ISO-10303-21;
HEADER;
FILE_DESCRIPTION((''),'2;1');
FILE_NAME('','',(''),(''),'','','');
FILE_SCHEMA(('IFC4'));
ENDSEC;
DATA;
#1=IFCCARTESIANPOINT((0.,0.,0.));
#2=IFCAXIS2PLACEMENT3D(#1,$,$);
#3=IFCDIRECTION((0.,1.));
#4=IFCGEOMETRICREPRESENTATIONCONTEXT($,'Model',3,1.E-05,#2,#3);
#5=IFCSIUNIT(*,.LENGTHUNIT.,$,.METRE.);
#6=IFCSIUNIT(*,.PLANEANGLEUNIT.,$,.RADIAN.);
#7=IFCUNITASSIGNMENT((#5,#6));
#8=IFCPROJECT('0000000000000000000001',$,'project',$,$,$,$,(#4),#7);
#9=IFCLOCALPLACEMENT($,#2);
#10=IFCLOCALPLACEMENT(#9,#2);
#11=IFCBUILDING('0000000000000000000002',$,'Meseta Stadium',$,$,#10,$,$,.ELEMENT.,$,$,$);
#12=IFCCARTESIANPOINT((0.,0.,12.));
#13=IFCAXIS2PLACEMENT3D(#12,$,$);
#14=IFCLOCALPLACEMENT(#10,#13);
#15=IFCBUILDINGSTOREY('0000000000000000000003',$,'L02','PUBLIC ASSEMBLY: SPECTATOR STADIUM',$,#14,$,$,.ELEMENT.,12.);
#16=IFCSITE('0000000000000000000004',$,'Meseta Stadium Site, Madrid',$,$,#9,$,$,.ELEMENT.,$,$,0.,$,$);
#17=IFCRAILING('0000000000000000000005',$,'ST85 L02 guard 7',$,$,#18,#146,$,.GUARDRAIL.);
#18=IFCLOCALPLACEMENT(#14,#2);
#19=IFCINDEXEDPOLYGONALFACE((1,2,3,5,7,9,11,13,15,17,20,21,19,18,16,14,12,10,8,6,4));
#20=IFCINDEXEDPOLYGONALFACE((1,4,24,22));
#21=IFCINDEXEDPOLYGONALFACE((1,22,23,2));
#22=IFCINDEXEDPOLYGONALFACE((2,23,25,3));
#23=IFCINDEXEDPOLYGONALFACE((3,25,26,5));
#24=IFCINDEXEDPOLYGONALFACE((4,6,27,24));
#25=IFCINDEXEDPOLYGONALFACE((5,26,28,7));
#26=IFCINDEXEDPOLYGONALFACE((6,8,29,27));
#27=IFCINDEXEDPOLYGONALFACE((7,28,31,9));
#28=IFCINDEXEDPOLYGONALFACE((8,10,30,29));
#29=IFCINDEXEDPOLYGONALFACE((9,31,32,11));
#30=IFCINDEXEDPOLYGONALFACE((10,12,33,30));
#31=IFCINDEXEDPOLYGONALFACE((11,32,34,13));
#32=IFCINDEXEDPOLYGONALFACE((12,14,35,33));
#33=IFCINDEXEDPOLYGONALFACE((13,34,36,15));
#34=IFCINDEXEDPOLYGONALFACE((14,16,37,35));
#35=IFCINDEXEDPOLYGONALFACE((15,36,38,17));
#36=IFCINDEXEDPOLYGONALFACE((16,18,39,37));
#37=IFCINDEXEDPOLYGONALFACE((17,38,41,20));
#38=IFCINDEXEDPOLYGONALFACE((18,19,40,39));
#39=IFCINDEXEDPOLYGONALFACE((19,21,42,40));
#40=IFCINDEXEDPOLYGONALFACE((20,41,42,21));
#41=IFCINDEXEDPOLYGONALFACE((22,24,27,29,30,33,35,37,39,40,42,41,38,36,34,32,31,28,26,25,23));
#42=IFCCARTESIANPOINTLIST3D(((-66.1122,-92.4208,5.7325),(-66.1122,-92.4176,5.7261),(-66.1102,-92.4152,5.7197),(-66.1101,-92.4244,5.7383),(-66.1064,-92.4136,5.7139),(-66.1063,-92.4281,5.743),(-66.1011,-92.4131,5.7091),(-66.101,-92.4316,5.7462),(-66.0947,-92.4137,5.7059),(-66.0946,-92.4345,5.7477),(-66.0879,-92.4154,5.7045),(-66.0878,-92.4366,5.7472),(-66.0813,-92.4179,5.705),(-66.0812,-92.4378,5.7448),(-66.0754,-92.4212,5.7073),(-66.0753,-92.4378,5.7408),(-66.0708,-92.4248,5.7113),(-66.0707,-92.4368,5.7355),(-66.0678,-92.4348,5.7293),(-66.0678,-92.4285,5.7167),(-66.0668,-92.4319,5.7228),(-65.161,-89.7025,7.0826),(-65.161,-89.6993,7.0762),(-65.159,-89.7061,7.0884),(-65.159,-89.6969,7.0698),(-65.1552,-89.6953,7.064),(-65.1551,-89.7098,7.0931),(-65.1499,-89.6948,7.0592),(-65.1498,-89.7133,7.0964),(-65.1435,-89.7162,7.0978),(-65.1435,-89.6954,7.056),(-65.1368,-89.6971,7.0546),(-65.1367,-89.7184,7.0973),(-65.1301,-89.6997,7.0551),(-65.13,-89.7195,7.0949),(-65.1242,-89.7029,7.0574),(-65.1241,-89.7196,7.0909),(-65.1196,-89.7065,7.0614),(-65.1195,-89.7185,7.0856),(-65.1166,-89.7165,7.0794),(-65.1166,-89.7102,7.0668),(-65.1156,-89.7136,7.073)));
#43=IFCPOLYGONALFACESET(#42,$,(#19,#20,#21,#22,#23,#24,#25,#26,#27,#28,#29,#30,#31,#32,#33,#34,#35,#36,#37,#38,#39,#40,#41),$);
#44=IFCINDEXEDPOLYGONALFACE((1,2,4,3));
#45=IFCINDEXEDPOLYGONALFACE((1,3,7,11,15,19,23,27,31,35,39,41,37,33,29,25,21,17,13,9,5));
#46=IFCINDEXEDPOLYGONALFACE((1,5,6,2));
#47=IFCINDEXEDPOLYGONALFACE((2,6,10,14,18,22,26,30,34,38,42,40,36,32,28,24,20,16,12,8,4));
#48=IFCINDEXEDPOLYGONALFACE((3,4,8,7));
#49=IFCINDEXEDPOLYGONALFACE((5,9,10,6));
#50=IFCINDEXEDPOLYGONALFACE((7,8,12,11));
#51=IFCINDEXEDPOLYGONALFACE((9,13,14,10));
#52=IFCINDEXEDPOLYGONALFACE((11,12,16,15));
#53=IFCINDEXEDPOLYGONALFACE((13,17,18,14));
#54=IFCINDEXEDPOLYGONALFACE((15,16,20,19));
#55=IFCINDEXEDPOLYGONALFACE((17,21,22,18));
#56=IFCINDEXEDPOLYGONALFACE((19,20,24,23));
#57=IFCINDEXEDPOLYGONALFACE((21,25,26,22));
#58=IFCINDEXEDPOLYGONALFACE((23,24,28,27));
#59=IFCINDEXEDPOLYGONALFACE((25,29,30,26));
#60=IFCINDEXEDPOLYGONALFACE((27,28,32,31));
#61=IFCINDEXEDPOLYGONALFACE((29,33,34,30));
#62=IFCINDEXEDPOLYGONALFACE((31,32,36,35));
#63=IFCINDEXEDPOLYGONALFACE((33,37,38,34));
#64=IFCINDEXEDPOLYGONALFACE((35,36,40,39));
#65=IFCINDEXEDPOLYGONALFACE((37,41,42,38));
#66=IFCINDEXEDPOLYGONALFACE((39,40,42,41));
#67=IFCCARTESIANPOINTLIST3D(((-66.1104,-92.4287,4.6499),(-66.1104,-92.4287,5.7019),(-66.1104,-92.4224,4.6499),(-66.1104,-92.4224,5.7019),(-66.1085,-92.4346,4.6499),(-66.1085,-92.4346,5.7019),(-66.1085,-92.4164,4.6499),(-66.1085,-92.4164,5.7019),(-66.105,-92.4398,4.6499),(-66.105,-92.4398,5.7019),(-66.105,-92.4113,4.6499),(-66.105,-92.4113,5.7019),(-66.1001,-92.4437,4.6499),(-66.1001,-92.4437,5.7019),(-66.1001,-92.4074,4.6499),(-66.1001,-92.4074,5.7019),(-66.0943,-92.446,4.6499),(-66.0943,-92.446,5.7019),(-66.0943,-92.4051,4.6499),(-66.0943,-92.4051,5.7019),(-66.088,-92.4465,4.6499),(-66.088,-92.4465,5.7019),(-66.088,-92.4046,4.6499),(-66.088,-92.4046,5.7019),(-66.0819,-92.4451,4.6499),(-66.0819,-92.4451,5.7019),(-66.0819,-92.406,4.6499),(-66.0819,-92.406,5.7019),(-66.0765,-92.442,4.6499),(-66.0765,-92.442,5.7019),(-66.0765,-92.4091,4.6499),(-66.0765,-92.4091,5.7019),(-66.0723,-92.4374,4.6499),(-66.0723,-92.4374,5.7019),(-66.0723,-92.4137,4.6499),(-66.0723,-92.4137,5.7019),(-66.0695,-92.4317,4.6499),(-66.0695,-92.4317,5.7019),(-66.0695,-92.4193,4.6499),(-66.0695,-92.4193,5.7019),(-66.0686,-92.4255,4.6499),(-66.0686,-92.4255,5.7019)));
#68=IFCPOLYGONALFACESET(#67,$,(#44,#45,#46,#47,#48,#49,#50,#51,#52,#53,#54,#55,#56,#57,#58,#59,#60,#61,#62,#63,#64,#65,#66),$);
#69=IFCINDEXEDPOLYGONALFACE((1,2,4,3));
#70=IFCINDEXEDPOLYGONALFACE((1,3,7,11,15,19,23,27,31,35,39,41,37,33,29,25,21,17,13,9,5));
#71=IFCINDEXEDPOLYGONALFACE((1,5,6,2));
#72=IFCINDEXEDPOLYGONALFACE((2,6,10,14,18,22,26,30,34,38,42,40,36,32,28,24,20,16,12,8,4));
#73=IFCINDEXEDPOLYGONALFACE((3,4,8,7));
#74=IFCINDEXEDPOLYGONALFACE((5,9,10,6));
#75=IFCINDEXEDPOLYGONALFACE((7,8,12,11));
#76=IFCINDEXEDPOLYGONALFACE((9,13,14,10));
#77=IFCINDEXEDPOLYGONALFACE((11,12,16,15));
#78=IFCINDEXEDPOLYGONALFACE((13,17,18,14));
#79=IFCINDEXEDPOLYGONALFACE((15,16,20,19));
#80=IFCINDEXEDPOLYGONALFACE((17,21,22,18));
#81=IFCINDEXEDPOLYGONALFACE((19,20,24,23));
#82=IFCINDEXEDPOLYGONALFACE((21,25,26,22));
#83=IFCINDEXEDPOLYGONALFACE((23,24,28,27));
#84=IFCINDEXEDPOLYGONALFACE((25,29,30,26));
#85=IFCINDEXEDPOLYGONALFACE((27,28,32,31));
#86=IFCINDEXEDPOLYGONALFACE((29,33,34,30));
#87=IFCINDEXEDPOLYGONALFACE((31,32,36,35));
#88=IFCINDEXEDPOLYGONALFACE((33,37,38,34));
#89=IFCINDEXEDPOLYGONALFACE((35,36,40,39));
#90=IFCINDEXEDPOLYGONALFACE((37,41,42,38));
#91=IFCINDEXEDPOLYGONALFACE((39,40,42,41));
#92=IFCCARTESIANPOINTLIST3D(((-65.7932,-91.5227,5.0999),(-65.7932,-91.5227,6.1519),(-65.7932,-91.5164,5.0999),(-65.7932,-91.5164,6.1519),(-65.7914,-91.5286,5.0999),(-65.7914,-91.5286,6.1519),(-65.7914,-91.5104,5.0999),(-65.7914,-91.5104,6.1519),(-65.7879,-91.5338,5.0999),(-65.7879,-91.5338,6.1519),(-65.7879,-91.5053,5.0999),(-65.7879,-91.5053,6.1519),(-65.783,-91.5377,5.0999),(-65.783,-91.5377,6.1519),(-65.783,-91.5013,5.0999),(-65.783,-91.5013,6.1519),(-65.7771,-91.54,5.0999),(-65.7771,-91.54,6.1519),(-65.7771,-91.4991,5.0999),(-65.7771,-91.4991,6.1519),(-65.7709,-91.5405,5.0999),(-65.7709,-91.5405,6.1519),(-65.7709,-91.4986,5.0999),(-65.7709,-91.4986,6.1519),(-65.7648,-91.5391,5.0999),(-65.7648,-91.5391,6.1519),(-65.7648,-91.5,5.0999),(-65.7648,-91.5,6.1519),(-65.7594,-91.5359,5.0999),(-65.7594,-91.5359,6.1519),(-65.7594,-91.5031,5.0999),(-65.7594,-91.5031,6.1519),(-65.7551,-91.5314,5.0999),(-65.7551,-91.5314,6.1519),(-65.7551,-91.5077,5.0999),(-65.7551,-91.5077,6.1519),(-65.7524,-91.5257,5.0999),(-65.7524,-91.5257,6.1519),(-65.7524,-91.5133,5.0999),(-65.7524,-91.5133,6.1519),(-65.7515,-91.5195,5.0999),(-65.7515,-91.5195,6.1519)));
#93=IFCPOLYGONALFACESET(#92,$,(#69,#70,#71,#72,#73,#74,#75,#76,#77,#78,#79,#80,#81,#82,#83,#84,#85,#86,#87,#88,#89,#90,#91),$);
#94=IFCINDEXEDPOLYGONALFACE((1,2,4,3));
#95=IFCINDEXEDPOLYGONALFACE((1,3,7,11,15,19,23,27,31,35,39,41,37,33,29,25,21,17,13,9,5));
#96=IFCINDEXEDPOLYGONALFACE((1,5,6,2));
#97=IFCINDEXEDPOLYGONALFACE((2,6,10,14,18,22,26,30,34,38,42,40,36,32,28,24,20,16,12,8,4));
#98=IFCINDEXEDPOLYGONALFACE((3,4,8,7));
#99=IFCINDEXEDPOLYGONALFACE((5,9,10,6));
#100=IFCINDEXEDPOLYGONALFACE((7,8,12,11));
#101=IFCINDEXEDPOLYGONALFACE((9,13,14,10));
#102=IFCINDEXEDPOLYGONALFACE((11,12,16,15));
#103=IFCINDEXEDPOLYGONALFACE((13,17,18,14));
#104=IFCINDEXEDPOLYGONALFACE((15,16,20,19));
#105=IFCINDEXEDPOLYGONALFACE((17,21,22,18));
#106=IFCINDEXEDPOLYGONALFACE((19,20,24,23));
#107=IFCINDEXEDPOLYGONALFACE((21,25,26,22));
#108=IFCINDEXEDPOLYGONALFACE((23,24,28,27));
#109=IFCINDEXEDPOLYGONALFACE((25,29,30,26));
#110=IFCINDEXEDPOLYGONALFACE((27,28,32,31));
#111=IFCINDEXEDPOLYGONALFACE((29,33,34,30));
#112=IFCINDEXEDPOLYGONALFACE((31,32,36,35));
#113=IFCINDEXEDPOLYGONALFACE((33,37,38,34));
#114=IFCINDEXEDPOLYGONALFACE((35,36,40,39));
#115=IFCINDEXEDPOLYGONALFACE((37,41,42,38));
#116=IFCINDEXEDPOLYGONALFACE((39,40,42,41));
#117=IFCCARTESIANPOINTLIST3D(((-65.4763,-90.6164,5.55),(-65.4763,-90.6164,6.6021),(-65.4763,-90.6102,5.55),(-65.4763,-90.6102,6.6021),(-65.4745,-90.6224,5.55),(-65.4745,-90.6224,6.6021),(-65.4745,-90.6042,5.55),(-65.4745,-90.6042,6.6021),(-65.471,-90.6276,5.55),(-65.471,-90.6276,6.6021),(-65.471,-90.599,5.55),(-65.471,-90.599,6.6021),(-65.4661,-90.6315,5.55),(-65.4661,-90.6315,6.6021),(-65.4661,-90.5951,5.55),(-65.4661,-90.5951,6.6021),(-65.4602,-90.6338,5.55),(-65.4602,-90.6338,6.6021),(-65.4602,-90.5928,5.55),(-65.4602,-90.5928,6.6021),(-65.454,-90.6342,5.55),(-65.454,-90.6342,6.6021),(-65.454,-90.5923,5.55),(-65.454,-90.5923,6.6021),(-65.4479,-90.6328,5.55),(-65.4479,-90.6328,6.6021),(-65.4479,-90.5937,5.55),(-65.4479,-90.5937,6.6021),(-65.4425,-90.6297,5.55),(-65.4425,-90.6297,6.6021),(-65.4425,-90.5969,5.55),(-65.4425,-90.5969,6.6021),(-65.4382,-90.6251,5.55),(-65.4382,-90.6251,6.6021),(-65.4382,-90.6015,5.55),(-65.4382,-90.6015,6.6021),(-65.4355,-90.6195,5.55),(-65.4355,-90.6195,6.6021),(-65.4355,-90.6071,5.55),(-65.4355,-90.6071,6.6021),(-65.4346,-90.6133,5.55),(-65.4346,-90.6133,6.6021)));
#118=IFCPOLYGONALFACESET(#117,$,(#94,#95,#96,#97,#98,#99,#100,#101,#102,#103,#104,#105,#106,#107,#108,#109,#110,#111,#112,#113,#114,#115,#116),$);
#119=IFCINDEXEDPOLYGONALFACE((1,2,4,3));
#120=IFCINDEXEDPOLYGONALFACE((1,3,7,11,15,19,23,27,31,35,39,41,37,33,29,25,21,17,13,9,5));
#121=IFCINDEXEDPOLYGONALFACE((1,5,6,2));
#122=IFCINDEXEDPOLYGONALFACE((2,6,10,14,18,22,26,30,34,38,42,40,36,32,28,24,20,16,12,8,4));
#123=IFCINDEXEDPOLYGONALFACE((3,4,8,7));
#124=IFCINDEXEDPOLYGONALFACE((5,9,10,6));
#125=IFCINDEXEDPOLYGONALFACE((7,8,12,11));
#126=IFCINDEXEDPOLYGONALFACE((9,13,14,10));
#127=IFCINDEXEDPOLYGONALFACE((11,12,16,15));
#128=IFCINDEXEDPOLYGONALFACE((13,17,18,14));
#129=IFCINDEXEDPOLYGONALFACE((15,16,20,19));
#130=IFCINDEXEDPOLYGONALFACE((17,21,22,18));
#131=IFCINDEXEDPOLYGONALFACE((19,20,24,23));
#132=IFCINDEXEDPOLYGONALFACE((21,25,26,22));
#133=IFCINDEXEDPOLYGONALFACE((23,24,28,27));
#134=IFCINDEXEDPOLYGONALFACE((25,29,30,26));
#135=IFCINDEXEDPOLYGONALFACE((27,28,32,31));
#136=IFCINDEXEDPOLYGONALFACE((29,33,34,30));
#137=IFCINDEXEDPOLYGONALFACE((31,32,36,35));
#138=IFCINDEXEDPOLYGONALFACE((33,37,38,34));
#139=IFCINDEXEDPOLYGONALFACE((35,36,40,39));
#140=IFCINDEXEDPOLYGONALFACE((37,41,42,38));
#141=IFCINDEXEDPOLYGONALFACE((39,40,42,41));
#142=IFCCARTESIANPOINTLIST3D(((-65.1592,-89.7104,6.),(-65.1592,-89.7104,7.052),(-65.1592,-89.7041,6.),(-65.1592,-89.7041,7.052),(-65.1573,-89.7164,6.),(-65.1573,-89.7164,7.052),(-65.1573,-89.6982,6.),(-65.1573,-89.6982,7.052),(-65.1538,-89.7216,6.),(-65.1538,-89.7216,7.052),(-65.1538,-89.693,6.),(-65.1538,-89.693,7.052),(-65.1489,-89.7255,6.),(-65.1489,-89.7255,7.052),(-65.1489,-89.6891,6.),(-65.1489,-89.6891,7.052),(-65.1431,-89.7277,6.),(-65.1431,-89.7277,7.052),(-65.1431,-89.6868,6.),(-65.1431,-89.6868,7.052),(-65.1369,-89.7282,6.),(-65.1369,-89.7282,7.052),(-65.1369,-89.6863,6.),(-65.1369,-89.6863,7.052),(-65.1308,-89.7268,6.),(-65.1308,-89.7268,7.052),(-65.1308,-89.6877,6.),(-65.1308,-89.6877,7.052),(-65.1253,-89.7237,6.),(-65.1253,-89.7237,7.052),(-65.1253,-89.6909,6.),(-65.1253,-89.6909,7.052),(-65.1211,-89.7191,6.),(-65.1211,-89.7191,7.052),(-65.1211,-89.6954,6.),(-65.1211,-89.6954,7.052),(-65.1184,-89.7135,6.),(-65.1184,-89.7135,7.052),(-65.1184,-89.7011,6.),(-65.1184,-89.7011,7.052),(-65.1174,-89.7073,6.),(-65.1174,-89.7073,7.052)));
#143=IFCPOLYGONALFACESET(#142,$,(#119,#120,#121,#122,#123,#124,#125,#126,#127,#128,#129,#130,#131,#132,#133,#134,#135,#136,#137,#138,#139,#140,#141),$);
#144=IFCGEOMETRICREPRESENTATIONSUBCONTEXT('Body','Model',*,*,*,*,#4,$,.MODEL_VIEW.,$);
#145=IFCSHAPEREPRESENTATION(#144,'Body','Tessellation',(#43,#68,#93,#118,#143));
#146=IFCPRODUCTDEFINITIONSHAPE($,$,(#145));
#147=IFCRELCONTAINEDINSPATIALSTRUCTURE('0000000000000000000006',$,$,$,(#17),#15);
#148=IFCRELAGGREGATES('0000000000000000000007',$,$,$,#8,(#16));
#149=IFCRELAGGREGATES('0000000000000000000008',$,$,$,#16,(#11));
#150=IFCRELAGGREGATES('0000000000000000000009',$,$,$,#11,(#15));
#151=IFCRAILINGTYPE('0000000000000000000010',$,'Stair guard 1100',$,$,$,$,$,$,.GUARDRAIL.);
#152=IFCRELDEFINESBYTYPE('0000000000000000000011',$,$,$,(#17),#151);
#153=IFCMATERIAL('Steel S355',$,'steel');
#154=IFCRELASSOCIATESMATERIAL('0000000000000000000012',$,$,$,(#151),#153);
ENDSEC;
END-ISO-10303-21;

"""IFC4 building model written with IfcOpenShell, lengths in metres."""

from ifc_helpers import new_model, si_unit, direction, frame, origin, origin_2d, place, context, subcontext, project, spatial, circle, extrude, material, type_object, element, save


model = new_model("IFC4")

# Units and contexts
model_context = context("Model", 3, precision=1e-05, world=origin(), true_north=direction((0.0, 1.0)))
body_context = subcontext(model_context, "Body", "Model", "MODEL_VIEW")
ifc_project = project(units=[si_unit("LENGTHUNIT", "METRE"), si_unit("PLANEANGLEUNIT", "RADIAN")], contexts=[model_context])

# Site, building, storey
site_placement = place(None, origin())
site = spatial("IfcSite", under=ifc_project, at=site_placement, Name="Meseta Stadium Site, Madrid", CompositionType="ELEMENT", RefElevation=0.0)
building_placement = place(site_placement, origin())
building = spatial("IfcBuilding", under=site, at=building_placement, Name="Meseta Stadium", CompositionType="ELEMENT")
storey_placement = place(building_placement, frame((0.0, 0.0, 12.0)))
storey = spatial("IfcBuildingStorey", under=building, at=storey_placement, Name="L02", Description="PUBLIC ASSEMBLY: SPECTATOR STADIUM", CompositionType="ELEMENT", Elevation=12.0)

# Railing
ifc_material_1 = material(Name="Steel S355", Category="steel")
railing_type_1 = type_object("IfcRailingType", Name="Stair guard 1100", PredefinedType="GUARDRAIL", material=ifc_material_1)
railing_1_placement = place(storey_placement, frame((-66.0896, -92.4255, 4.6499)))
element("IfcRailing", 1, at=railing_1_placement, inside=storey, type_object=railing_type_1, Name="ST85 L02 guard 7", PredefinedType="GUARDRAIL", context=body_context, shape_type="SweptSolid", body=[
    extrude(circle(Radius=0.0239, at=origin_2d()), frame((0.0, 0.0, 1.0762), z_axis=(0.299051, 0.854629, 0.424474), x_axis=(-0.943882, 0.330282, 0.0)), (0.0, 0.0, 1.0), 3.1807),
    extrude(circle(Radius=0.021, at=origin_2d()), origin(), (0.0, 0.0, 1.0), 1.052),
    extrude(circle(Radius=0.021, at=origin_2d()), frame((0.3171, 0.906, 0.45)), (0.0, 0.0, 1.0), 1.052),
    extrude(circle(Radius=0.021, at=origin_2d()), frame((0.634, 1.8123, 0.9001)), (0.0, 0.0, 1.0), 1.052),
    extrude(circle(Radius=0.021, at=origin_2d()), frame((0.9512, 2.7183, 1.3501)), (0.0, 0.0, 1.0), 1.052),
])

save(model, "model.ifc")
